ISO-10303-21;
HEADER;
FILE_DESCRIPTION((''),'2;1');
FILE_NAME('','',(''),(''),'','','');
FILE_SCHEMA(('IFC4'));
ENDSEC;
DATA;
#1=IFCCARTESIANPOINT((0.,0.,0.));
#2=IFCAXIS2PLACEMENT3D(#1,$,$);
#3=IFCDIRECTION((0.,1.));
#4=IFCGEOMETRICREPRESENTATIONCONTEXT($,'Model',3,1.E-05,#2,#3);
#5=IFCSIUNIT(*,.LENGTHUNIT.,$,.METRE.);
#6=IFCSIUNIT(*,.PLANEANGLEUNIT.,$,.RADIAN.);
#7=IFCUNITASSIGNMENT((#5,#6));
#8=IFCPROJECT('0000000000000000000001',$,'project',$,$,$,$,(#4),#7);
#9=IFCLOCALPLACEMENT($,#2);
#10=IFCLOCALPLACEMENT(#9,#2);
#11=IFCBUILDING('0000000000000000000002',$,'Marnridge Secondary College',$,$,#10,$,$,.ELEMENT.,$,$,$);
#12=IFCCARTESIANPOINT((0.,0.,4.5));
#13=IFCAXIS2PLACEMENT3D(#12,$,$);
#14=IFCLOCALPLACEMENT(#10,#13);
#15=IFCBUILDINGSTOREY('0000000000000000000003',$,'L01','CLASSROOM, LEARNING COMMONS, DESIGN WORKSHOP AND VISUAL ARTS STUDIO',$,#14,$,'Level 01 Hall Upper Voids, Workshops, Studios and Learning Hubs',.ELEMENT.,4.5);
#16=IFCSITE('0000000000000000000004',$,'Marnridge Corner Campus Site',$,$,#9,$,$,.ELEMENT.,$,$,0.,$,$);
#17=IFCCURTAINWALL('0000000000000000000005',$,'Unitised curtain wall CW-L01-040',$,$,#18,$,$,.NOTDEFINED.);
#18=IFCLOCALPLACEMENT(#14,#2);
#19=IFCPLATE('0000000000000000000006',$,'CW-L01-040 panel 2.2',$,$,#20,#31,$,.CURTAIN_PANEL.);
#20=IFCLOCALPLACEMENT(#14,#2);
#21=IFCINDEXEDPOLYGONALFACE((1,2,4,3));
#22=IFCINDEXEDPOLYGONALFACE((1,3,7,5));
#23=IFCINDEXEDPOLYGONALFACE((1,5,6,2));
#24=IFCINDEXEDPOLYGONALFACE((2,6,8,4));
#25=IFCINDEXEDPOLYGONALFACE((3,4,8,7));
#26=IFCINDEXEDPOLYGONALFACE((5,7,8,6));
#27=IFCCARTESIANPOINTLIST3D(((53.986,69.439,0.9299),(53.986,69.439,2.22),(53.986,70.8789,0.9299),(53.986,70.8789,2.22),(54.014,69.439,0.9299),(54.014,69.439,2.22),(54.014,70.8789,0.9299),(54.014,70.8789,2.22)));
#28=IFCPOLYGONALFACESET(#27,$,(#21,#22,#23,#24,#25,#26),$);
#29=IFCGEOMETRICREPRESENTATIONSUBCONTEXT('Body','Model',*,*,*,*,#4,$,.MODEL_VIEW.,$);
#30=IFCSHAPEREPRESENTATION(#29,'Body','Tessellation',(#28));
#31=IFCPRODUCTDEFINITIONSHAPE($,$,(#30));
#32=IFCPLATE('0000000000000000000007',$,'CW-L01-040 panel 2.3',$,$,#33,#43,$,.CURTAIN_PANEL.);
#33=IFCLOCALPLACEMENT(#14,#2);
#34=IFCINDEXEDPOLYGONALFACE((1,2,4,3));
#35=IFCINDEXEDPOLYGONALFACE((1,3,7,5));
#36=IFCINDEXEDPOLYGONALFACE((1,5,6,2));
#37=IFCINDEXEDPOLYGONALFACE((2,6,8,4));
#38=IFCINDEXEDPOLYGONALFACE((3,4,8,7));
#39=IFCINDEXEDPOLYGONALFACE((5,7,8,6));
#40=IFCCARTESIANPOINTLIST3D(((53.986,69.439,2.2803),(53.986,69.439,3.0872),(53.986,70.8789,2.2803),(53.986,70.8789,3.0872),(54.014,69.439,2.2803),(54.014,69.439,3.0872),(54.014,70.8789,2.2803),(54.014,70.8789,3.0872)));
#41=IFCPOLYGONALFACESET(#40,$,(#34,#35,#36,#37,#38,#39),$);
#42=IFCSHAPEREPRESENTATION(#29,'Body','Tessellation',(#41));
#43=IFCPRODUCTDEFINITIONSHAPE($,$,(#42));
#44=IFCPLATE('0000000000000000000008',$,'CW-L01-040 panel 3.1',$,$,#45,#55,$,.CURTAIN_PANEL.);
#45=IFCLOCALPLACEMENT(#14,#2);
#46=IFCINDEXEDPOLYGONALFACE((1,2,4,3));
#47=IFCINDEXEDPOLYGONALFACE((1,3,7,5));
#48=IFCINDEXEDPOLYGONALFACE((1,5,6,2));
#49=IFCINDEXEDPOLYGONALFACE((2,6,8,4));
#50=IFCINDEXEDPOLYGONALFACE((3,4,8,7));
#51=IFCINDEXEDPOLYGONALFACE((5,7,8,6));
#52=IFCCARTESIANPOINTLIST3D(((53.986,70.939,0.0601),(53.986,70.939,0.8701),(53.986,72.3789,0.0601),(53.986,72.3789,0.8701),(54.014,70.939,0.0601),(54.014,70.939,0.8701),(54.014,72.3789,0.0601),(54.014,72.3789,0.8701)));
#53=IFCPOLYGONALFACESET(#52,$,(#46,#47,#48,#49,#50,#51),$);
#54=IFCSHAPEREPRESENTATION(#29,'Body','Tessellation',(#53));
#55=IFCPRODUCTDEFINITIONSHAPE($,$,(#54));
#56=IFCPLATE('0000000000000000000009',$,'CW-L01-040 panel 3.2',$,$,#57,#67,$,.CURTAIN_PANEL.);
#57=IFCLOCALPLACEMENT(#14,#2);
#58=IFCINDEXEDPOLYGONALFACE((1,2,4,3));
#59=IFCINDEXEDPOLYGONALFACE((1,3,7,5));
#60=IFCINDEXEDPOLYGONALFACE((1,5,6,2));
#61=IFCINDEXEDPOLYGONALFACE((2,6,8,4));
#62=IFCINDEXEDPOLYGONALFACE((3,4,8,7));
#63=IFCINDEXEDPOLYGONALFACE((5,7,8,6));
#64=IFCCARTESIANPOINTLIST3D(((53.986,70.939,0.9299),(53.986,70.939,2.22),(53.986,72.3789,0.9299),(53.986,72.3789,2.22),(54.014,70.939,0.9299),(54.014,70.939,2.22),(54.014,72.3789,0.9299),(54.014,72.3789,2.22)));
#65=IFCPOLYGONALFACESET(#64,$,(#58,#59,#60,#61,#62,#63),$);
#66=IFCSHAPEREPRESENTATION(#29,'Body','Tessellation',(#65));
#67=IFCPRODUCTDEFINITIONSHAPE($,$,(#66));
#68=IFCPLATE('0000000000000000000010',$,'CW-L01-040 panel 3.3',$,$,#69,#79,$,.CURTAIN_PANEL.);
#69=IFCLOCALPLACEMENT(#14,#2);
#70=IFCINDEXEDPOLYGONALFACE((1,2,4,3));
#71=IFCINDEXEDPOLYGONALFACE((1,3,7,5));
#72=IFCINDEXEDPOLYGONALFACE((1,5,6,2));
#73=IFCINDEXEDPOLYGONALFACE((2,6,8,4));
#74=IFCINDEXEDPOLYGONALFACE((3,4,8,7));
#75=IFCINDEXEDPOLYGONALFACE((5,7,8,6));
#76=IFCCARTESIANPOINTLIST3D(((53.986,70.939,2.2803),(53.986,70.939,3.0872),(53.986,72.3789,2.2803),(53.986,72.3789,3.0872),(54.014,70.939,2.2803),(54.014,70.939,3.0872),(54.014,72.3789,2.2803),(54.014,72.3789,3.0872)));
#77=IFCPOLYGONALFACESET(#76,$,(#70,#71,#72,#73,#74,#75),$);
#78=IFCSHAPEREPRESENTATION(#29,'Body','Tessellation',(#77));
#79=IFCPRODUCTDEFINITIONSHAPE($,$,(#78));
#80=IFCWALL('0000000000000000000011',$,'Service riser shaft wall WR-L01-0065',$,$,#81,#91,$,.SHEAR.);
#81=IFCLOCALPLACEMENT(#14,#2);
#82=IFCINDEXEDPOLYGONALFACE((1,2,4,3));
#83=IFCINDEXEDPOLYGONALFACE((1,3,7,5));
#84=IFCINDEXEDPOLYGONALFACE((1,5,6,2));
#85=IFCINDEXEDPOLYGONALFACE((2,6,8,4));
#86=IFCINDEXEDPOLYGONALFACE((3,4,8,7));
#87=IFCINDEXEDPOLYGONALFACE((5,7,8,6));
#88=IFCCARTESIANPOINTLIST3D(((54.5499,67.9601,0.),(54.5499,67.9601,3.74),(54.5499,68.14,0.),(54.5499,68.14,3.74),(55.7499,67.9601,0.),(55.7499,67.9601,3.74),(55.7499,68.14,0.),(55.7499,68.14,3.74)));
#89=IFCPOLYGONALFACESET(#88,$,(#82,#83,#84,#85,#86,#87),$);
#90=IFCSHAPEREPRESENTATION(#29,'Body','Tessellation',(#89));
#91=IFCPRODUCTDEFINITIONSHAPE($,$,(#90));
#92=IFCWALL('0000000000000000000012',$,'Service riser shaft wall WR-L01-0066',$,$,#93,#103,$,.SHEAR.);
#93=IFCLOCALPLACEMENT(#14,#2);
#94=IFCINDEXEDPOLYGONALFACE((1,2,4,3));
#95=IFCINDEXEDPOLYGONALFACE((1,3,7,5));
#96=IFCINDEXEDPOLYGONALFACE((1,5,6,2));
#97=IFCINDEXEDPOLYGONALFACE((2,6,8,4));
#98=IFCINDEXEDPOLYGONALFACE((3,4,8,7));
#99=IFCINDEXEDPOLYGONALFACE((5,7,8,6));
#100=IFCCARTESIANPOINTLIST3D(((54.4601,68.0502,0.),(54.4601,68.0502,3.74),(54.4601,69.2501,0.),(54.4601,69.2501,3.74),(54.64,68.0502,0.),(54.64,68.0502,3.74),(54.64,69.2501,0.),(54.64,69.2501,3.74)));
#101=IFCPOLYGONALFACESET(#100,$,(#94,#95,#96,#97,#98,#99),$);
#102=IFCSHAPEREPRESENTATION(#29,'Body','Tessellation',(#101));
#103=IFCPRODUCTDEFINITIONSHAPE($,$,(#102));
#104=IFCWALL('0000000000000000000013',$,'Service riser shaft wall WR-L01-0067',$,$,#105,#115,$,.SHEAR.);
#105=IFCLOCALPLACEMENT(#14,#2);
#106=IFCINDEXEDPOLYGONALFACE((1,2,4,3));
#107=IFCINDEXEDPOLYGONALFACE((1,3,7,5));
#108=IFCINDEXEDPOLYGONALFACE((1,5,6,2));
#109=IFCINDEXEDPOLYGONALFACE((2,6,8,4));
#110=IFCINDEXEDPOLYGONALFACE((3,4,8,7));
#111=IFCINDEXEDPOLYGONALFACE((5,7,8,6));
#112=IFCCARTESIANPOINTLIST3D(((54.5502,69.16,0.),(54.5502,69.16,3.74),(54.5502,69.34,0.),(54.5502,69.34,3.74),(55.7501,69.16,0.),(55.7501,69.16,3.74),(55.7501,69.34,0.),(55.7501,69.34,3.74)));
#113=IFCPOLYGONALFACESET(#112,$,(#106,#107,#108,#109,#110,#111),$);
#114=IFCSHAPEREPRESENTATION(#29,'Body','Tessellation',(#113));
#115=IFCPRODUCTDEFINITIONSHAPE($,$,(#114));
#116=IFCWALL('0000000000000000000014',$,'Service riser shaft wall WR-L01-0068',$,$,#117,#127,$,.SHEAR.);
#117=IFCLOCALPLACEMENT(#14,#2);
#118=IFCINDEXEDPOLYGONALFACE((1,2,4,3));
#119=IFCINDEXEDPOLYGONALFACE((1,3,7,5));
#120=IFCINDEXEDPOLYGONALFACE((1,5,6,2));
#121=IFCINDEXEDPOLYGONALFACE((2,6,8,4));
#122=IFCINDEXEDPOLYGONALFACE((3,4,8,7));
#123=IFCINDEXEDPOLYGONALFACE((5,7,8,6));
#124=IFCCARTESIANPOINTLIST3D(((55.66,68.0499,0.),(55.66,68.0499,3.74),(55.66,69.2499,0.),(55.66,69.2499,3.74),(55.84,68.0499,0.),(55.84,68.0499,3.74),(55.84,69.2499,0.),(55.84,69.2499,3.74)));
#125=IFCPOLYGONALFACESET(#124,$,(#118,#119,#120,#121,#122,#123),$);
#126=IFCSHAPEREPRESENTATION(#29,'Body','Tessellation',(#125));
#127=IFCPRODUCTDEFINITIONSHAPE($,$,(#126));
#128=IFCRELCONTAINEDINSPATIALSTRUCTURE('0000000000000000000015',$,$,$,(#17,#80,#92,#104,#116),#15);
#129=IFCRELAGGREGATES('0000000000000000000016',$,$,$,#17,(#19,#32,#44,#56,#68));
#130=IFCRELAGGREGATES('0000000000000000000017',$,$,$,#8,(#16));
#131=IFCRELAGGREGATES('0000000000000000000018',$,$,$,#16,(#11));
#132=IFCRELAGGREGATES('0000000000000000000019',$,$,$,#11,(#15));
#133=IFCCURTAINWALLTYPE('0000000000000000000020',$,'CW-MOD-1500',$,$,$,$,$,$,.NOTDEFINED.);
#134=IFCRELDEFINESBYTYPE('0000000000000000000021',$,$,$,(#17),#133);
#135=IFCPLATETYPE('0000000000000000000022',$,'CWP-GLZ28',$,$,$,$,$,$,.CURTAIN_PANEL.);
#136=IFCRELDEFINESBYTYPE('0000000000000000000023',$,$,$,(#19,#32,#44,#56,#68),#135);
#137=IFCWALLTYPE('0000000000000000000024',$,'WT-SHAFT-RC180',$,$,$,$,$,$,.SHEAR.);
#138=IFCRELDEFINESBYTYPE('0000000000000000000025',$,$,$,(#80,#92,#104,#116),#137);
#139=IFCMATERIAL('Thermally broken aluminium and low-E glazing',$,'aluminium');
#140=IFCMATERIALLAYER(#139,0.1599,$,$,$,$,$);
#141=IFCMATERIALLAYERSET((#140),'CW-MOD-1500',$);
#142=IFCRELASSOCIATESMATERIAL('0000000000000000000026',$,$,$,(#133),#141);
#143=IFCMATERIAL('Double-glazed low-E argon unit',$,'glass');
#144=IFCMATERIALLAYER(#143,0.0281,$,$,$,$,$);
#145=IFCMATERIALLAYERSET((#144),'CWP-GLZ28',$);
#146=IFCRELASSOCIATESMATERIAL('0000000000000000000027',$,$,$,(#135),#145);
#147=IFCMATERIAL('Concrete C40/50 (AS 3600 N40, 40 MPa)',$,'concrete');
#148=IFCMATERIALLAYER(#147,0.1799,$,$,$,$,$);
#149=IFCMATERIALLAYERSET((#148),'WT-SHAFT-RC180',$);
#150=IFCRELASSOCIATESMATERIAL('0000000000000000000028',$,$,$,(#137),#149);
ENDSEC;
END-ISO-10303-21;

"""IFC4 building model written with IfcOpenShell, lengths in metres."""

from ifc_helpers import new_model, si_unit, direction, frame, frame_2d, origin, origin_2d, place, context, subcontext, project, spatial, rectangle, extrude, material, layer, layer_set, type_object, element, aggregate, save


model = new_model("IFC4")

# Units and contexts
model_context = context("Model", 3, precision=1e-05, world=origin(), true_north=direction((0.0, 1.0)))
body_context = subcontext(model_context, "Body", "Model", "MODEL_VIEW")
ifc_project = project(units=[si_unit("LENGTHUNIT", "METRE"), si_unit("PLANEANGLEUNIT", "RADIAN")], contexts=[model_context])

# Site, building, storey
site_placement = place(None, origin())
site = spatial("IfcSite", under=ifc_project, at=site_placement, Name="Marnridge Corner Campus Site", CompositionType="ELEMENT", RefElevation=0.0)
building_placement = place(site_placement, origin())
building = spatial("IfcBuilding", under=site, at=building_placement, Name="Marnridge Secondary College", CompositionType="ELEMENT")
storey_placement = place(building_placement, frame((0.0, 0.0, 4.5)))
storey = spatial("IfcBuildingStorey", under=building, at=storey_placement, Name="L01", Description="CLASSROOM, LEARNING COMMONS, DESIGN WORKSHOP AND VISUAL ARTS STUDIO", LongName="Level 01 Hall Upper Voids, Workshops, Studios and Learning Hubs", CompositionType="ELEMENT", Elevation=4.5)

# Curtain wall, plates
ifc_material_1 = material(Name="Thermally broken aluminium and low-E glazing", Category="aluminium")
ifc_layer_1 = layer(ifc_material_1, 0.1599)
ifc_layer_set_1 = layer_set([ifc_layer_1], Name="CW-MOD-1500")
curtain_wall_type = type_object("IfcCurtainWallType", Name="CW-MOD-1500", PredefinedType="NOTDEFINED", material=ifc_layer_set_1)
curtain_wall_placement = place(storey_placement, origin())
curtain_wall = element("IfcCurtainWall", 1, at=curtain_wall_placement, inside=storey, type_object=curtain_wall_type, Name="Unitised curtain wall CW-L01-040", PredefinedType="NOTDEFINED")
ifc_material_2 = material(Name="Double-glazed low-E argon unit", Category="glass")
ifc_layer_2 = layer(ifc_material_2, 0.0281)
ifc_layer_set_2 = layer_set([ifc_layer_2], Name="CWP-GLZ28")
plate_type = type_object("IfcPlateType", Name="CWP-GLZ28", PredefinedType="CURTAIN_PANEL", material=ifc_layer_set_2)
plate_1_placement = place(storey_placement, frame((54.0, 70.1589, 0.9299), z_axis=(0.0, 0.0, 1.0), x_axis=(0.0, 1.0, 0.0)))
plate_1 = element("IfcPlate", 2, at=plate_1_placement, type_object=plate_type, Name="CW-L01-040 panel 2.2", PredefinedType="CURTAIN_PANEL", context=body_context, shape_type="SweptSolid", body=[
    extrude(rectangle(XDim=1.4399, YDim=0.0281, at=origin_2d()), origin(), (0.0, 0.0, 1.0), 1.29),
])
plate_2_placement = place(storey_placement, frame((54.0, 70.1589, 2.2803), z_axis=(0.0, 0.0, 1.0), x_axis=(0.0, 1.0, 0.0)))
plate_2 = element("IfcPlate", 3, at=plate_2_placement, type_object=plate_type, Name="CW-L01-040 panel 2.3", PredefinedType="CURTAIN_PANEL", context=body_context, shape_type="SweptSolid", body=[
    extrude(rectangle(XDim=1.4399, YDim=0.0281, at=origin_2d()), origin(), (0.0, 0.0, 1.0), 0.8069),
])
plate_3_placement = place(storey_placement, frame((54.0, 71.6589, 0.0601), z_axis=(0.0, 0.0, 1.0), x_axis=(0.0, 1.0, 0.0)))
plate_3 = element("IfcPlate", 4, at=plate_3_placement, type_object=plate_type, Name="CW-L01-040 panel 3.1", PredefinedType="CURTAIN_PANEL", context=body_context, shape_type="SweptSolid", body=[
    extrude(rectangle(XDim=1.4399, YDim=0.0281, at=origin_2d()), origin(), (0.0, 0.0, 1.0), 0.8101),
])
plate_4_placement = place(storey_placement, frame((54.0, 71.6589, 0.9299), z_axis=(0.0, 0.0, 1.0), x_axis=(0.0, 1.0, 0.0)))
plate_4 = element("IfcPlate", 5, at=plate_4_placement, type_object=plate_type, Name="CW-L01-040 panel 3.2", PredefinedType="CURTAIN_PANEL", context=body_context, shape_type="SweptSolid", body=[
    extrude(rectangle(XDim=1.4399, YDim=0.0281, at=origin_2d()), origin(), (0.0, 0.0, 1.0), 1.29),
])
plate_5_placement = place(storey_placement, frame((54.0, 71.6589, 2.2803), z_axis=(0.0, 0.0, 1.0), x_axis=(0.0, 1.0, 0.0)))
plate_5 = element("IfcPlate", 6, at=plate_5_placement, type_object=plate_type, Name="CW-L01-040 panel 3.3", PredefinedType="CURTAIN_PANEL", context=body_context, shape_type="SweptSolid", body=[
    extrude(rectangle(XDim=1.4399, YDim=0.0281, at=origin_2d()), origin(), (0.0, 0.0, 1.0), 0.8069),
])
aggregate(curtain_wall, [plate_1, plate_2, plate_3, plate_4, plate_5])

# Walls
ifc_material_3 = material(Name="Concrete C40/50 (AS 3600 N40, 40 MPa)", Category="concrete")
ifc_layer_3 = layer(ifc_material_3, 0.1799)
ifc_layer_set_3 = layer_set([ifc_layer_3], Name="WT-SHAFT-RC180")
wall_type = type_object("IfcWallType", Name="WT-SHAFT-RC180", PredefinedType="SHEAR", material=ifc_layer_set_3)
for number, where, z_axis, x_axis, name in (
    (7, (55.75, 68.05, 0.0), (0.0, 0.0, 1.0), (-1.0, 0.0, 0.0), "Service riser shaft wall WR-L01-0065"),
    (8, (54.55, 68.05, 0.0), (0.0, 0.0, 1.0), (0.0, 1.0, 0.0), "Service riser shaft wall WR-L01-0066"),
    (9, (54.55, 69.25, 0.0), (0.0, 0.0, 1.0), (1.0, 0.0, 0.0), "Service riser shaft wall WR-L01-0067"),
    (10, (55.75, 69.25, 0.0), (0.0, 0.0, 1.0), (0.0, -1.0, 0.0), "Service riser shaft wall WR-L01-0068"),
):
    element("IfcWall", number, at=place(storey_placement, frame(where, z_axis=z_axis, x_axis=x_axis)), inside=storey, type_object=wall_type, Name=name, PredefinedType="SHEAR", context=body_context, shape_type="SweptSolid", body=[
        extrude(rectangle(XDim=1.2, YDim=0.1799, at=frame_2d((0.6001, 0.0))), origin(), (0.0, 0.0, 1.0), 3.74),
    ])

save(model, "model.ifc")
